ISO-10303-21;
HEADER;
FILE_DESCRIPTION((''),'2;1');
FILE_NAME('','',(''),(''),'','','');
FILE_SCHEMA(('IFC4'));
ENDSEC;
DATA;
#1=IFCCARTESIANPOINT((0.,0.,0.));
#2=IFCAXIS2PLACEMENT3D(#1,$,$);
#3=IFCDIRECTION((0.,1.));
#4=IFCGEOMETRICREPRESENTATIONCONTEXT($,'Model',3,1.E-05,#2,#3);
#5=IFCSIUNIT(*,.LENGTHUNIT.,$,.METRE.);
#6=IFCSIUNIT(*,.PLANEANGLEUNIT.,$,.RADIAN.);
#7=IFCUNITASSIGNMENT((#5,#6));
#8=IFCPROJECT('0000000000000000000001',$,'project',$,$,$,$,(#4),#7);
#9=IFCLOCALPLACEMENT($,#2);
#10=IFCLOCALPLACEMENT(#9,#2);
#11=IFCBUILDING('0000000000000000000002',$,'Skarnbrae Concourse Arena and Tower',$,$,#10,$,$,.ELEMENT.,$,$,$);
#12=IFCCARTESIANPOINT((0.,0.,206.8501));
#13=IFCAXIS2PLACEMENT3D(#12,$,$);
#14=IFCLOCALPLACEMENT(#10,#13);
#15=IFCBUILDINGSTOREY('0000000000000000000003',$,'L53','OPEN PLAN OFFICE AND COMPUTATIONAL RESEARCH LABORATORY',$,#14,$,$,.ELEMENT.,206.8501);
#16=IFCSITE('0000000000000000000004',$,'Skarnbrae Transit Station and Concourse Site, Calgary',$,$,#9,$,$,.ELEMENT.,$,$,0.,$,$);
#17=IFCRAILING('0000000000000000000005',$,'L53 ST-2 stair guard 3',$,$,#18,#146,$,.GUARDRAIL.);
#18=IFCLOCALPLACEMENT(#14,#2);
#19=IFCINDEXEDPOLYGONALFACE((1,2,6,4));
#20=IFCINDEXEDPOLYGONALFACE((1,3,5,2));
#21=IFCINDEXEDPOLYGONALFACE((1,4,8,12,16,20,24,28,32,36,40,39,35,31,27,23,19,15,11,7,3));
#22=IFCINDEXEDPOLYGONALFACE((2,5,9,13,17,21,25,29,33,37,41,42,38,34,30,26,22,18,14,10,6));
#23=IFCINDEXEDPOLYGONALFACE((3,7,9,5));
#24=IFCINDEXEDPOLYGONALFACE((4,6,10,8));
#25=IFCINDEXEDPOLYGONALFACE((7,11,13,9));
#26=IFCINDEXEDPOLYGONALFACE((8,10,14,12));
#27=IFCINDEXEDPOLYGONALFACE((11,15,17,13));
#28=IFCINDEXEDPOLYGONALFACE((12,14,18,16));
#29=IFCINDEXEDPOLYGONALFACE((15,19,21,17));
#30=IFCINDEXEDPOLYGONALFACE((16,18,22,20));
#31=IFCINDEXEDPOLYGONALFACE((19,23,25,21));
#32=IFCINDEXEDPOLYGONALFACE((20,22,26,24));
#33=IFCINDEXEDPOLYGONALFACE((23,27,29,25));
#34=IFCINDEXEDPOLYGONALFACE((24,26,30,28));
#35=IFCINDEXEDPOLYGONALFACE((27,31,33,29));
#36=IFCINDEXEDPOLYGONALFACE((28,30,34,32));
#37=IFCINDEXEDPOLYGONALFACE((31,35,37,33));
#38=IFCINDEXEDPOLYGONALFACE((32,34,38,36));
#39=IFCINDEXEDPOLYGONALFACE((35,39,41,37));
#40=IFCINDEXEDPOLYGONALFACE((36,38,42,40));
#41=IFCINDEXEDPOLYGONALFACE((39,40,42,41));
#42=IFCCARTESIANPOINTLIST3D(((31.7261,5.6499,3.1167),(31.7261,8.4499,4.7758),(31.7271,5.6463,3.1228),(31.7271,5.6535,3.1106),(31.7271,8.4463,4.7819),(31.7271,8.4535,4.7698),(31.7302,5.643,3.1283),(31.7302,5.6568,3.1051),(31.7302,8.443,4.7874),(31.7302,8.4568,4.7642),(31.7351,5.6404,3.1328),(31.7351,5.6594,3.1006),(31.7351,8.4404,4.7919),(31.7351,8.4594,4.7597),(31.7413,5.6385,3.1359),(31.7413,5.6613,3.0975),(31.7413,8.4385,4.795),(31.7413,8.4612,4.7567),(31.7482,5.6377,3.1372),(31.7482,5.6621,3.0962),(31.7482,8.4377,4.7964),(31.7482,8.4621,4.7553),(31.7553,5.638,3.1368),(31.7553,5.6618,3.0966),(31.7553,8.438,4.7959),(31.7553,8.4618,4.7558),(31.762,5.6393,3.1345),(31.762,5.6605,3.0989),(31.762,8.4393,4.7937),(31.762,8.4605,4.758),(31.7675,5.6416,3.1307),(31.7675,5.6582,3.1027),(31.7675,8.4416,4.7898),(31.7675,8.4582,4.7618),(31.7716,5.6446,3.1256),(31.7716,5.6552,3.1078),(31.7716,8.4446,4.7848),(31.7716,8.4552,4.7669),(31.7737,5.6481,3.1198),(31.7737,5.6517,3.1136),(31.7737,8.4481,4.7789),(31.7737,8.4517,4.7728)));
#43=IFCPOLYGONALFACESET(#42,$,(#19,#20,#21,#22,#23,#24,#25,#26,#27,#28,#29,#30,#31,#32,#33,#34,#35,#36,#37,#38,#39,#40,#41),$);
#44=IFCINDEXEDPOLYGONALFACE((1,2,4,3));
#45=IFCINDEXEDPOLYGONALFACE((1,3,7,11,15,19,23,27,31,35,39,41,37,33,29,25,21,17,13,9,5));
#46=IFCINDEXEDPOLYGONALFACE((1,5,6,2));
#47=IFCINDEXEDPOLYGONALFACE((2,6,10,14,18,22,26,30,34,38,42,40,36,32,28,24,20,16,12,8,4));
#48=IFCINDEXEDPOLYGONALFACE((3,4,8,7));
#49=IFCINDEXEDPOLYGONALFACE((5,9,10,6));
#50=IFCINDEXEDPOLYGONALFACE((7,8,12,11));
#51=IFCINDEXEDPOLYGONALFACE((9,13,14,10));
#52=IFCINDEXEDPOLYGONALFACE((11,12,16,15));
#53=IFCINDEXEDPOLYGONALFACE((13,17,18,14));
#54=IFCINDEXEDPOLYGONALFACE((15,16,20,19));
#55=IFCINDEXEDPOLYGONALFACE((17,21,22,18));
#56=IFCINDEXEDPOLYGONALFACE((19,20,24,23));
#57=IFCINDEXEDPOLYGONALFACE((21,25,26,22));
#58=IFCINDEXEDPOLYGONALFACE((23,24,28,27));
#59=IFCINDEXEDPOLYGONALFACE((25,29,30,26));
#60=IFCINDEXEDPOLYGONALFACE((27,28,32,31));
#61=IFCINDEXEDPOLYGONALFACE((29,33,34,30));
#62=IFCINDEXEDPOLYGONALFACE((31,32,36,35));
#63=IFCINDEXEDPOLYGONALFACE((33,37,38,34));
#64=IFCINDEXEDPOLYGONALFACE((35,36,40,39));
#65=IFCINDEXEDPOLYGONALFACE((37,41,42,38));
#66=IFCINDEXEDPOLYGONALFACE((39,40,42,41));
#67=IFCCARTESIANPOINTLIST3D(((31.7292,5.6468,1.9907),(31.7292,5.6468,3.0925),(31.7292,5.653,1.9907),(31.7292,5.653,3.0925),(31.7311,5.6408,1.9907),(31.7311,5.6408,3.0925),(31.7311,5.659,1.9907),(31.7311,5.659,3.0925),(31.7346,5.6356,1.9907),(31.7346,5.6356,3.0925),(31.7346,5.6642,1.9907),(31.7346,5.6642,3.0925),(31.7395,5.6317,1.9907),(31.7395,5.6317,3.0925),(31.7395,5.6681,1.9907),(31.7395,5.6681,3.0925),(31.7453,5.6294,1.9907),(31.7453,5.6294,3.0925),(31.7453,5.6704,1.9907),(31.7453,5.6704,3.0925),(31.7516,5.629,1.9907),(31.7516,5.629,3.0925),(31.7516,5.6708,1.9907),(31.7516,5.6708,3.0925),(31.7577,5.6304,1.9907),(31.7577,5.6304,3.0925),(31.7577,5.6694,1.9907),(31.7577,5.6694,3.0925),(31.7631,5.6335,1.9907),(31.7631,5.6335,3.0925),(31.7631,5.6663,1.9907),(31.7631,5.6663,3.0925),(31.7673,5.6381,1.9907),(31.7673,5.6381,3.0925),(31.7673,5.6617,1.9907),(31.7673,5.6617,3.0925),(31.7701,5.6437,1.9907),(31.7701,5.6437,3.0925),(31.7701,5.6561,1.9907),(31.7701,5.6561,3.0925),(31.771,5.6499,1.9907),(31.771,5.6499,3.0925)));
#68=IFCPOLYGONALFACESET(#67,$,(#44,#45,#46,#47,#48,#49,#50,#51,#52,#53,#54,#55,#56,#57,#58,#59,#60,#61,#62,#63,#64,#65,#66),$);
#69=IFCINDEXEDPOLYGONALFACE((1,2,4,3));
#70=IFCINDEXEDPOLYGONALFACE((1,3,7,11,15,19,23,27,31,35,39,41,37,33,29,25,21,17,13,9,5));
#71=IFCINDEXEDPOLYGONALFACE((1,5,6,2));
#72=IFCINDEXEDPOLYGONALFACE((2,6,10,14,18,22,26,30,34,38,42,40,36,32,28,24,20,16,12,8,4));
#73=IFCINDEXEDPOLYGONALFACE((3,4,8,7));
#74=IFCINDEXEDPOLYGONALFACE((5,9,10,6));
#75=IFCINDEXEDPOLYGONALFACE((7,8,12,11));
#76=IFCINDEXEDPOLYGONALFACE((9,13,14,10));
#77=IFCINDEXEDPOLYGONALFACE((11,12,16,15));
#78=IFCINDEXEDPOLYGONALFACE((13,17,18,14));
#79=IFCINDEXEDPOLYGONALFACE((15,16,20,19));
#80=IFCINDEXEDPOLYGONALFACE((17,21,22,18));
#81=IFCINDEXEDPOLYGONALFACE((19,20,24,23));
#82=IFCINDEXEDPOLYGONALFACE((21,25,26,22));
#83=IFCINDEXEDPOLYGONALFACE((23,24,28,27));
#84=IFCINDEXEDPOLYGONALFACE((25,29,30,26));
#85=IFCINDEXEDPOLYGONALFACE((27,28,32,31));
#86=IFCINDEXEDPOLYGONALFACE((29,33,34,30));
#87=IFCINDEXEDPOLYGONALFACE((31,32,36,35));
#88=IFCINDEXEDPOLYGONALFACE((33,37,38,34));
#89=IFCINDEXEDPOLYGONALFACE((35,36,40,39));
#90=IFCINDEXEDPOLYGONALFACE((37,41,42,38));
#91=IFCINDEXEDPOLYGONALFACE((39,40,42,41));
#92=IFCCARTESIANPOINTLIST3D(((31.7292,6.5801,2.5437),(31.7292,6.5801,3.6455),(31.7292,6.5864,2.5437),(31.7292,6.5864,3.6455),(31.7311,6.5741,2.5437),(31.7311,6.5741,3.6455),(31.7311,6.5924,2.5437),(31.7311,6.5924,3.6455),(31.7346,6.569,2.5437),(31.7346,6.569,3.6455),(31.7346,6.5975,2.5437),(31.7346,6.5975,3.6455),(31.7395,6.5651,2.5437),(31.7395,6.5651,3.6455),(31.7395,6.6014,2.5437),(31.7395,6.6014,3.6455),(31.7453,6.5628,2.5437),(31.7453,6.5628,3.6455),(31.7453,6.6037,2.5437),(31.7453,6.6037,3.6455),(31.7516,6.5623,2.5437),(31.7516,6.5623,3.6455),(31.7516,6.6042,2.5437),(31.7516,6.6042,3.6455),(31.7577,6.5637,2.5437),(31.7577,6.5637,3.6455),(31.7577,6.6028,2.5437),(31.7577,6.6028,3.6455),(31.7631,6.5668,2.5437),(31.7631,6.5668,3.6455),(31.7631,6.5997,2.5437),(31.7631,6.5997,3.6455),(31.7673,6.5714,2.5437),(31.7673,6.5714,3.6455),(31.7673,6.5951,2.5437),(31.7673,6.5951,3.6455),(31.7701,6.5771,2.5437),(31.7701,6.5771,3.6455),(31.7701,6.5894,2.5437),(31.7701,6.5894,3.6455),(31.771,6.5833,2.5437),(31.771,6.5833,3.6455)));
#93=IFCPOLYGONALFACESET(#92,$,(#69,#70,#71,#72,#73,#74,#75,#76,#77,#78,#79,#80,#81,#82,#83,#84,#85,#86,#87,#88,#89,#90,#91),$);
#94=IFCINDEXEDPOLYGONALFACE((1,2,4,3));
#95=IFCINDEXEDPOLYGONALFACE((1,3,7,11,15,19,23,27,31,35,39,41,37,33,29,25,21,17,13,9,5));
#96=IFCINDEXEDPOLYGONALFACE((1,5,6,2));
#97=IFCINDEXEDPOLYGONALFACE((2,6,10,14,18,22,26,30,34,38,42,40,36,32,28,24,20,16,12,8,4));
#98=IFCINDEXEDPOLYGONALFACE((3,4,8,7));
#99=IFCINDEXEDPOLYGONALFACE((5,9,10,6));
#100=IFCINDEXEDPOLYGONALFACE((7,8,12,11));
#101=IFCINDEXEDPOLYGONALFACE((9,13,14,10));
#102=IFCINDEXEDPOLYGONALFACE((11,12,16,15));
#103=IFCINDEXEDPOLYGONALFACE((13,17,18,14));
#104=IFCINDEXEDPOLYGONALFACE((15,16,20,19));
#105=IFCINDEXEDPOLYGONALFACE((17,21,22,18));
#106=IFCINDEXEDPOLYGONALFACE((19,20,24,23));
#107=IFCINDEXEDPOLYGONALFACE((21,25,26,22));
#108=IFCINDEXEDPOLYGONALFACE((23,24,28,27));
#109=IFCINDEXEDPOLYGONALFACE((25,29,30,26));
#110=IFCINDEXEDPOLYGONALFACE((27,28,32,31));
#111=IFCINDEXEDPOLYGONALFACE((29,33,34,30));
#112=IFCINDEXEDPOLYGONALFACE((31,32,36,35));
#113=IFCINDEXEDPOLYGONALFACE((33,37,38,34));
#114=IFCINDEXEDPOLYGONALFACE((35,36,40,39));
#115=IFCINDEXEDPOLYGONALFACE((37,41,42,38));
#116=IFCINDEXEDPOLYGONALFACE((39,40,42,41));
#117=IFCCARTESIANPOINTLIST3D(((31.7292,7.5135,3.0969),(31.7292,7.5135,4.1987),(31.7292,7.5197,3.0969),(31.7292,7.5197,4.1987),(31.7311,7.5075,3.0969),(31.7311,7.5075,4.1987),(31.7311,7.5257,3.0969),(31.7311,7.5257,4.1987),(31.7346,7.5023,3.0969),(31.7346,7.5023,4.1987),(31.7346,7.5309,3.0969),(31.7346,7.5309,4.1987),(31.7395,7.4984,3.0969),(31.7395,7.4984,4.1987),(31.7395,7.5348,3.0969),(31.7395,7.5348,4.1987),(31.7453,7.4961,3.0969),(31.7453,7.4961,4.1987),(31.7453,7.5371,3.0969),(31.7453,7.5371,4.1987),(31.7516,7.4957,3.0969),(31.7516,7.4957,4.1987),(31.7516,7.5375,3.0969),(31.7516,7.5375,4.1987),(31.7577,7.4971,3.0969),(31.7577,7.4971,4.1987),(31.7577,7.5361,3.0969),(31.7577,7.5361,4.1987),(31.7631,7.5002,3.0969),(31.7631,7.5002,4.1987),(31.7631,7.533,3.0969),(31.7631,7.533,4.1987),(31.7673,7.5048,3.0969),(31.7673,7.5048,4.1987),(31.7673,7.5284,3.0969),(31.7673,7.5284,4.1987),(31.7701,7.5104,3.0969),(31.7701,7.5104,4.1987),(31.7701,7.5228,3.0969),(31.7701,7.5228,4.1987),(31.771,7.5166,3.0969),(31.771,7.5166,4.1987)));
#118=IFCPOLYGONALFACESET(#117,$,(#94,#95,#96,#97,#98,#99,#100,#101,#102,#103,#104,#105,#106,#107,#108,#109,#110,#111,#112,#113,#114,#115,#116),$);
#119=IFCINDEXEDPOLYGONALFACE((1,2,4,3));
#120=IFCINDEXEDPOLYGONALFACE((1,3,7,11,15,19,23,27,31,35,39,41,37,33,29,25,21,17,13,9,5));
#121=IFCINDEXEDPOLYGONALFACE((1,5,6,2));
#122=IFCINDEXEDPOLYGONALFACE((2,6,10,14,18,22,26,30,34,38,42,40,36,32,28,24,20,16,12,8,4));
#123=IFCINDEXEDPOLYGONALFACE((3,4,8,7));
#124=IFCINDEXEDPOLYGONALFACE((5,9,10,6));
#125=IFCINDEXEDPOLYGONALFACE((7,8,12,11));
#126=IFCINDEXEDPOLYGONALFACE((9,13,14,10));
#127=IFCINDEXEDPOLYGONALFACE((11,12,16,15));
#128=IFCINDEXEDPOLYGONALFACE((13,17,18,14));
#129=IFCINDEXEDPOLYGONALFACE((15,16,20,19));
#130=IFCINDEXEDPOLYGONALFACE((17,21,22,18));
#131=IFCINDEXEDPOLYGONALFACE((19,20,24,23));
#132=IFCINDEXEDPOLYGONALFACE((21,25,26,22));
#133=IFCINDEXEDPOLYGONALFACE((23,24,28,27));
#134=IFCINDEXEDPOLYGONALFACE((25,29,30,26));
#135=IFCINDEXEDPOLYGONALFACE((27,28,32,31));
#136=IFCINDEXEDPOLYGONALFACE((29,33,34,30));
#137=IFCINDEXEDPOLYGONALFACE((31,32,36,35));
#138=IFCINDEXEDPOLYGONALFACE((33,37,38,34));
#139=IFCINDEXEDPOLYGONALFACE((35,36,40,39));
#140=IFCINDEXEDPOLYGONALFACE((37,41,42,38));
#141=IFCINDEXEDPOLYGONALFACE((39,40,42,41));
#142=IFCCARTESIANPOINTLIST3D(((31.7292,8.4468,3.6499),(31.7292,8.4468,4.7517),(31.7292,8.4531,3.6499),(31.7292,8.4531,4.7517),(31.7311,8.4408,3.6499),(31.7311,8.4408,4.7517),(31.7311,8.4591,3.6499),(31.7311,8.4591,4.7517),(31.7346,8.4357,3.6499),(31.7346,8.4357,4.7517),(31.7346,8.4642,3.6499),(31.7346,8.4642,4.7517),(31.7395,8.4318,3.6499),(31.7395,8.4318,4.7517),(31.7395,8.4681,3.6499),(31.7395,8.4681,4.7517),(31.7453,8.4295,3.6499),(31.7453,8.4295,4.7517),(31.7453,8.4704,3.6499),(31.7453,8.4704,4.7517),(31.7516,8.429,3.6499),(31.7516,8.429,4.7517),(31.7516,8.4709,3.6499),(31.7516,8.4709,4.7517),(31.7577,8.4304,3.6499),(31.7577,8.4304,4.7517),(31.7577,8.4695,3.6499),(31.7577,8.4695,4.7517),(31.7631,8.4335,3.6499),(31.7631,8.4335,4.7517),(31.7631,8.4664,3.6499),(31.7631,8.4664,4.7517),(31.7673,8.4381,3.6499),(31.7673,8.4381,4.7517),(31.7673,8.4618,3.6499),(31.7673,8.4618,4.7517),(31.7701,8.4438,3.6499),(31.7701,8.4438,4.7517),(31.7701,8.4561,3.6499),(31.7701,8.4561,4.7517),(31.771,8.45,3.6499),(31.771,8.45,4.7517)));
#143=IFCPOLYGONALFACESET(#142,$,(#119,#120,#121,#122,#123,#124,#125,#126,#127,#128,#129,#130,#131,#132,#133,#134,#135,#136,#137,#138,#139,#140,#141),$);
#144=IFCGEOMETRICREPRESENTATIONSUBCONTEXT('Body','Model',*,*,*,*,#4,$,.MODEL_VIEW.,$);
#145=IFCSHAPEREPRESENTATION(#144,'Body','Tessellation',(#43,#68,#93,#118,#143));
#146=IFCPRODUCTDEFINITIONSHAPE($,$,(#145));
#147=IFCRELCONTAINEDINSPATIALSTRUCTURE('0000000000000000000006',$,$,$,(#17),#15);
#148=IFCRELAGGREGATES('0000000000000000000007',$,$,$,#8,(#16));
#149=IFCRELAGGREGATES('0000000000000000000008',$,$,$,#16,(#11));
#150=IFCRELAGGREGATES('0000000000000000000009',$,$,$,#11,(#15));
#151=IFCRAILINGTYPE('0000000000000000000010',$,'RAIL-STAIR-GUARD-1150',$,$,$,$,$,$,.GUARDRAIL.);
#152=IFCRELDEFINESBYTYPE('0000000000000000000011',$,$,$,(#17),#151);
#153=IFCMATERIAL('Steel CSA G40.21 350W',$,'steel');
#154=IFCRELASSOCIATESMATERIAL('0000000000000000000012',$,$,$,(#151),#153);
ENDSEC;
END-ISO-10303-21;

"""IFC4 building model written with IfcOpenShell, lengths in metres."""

from ifc_helpers import new_model, si_unit, direction, frame, origin, origin_2d, place, context, subcontext, project, spatial, circle, extrude, material, type_object, element, save


model = new_model("IFC4")

# Units and contexts
model_context = context("Model", 3, precision=1e-05, world=origin(), true_north=direction((0.0, 1.0)))
body_context = subcontext(model_context, "Body", "Model", "MODEL_VIEW")
ifc_project = project(units=[si_unit("LENGTHUNIT", "METRE"), si_unit("PLANEANGLEUNIT", "RADIAN")], contexts=[model_context])

# Site, building, storey
site_placement = place(None, origin())
site = spatial("IfcSite", under=ifc_project, at=site_placement, Name="Skarnbrae Transit Station and Concourse Site, Calgary", CompositionType="ELEMENT", RefElevation=0.0)
building_placement = place(site_placement, origin())
building = spatial("IfcBuilding", under=site, at=building_placement, Name="Skarnbrae Concourse Arena and Tower", CompositionType="ELEMENT")
storey_placement = place(building_placement, frame((0.0, 0.0, 206.8501)))
storey = spatial("IfcBuildingStorey", under=building, at=storey_placement, Name="L53", Description="OPEN PLAN OFFICE AND COMPUTATIONAL RESEARCH LABORATORY", CompositionType="ELEMENT", Elevation=206.8501)

# Shared definitions
ifc_material_1 = material(Name="Steel CSA G40.21 350W", Category="steel")

# Railing
railing_type_1 = type_object("IfcRailingType", Name="RAIL-STAIR-GUARD-1150", PredefinedType="GUARDRAIL", material=ifc_material_1)
railing_1_placement = place(storey_placement, frame((31.75, 5.6499, 1.9907)))
element("IfcRailing", 1, at=railing_1_placement, inside=storey, type_object=railing_type_1, Name="L53 ST-2 stair guard 3", PredefinedType="GUARDRAIL", context=body_context, shape_type="SweptSolid", body=[
    extrude(circle(Radius=0.0239, at=origin_2d()), frame((0.0, 0.0, 1.126), z_axis=(0.0, 0.860306, 0.509778), x_axis=(-1.0, 0.0, 0.0)), (0.0, 0.0, 1.0), 3.2546),
    extrude(circle(Radius=0.021, at=origin_2d()), origin(), (0.0, 0.0, 1.0), 1.1018),
    extrude(circle(Radius=0.021, at=origin_2d()), frame((0.0, 0.9333, 0.553)), (0.0, 0.0, 1.0), 1.1018),
    extrude(circle(Radius=0.021, at=origin_2d()), frame((0.0, 1.8667, 1.1062)), (0.0, 0.0, 1.0), 1.1018),
    extrude(circle(Radius=0.021, at=origin_2d()), frame((0.0, 2.8, 1.6592)), (0.0, 0.0, 1.0), 1.1018),
])

save(model, "model.ifc")
